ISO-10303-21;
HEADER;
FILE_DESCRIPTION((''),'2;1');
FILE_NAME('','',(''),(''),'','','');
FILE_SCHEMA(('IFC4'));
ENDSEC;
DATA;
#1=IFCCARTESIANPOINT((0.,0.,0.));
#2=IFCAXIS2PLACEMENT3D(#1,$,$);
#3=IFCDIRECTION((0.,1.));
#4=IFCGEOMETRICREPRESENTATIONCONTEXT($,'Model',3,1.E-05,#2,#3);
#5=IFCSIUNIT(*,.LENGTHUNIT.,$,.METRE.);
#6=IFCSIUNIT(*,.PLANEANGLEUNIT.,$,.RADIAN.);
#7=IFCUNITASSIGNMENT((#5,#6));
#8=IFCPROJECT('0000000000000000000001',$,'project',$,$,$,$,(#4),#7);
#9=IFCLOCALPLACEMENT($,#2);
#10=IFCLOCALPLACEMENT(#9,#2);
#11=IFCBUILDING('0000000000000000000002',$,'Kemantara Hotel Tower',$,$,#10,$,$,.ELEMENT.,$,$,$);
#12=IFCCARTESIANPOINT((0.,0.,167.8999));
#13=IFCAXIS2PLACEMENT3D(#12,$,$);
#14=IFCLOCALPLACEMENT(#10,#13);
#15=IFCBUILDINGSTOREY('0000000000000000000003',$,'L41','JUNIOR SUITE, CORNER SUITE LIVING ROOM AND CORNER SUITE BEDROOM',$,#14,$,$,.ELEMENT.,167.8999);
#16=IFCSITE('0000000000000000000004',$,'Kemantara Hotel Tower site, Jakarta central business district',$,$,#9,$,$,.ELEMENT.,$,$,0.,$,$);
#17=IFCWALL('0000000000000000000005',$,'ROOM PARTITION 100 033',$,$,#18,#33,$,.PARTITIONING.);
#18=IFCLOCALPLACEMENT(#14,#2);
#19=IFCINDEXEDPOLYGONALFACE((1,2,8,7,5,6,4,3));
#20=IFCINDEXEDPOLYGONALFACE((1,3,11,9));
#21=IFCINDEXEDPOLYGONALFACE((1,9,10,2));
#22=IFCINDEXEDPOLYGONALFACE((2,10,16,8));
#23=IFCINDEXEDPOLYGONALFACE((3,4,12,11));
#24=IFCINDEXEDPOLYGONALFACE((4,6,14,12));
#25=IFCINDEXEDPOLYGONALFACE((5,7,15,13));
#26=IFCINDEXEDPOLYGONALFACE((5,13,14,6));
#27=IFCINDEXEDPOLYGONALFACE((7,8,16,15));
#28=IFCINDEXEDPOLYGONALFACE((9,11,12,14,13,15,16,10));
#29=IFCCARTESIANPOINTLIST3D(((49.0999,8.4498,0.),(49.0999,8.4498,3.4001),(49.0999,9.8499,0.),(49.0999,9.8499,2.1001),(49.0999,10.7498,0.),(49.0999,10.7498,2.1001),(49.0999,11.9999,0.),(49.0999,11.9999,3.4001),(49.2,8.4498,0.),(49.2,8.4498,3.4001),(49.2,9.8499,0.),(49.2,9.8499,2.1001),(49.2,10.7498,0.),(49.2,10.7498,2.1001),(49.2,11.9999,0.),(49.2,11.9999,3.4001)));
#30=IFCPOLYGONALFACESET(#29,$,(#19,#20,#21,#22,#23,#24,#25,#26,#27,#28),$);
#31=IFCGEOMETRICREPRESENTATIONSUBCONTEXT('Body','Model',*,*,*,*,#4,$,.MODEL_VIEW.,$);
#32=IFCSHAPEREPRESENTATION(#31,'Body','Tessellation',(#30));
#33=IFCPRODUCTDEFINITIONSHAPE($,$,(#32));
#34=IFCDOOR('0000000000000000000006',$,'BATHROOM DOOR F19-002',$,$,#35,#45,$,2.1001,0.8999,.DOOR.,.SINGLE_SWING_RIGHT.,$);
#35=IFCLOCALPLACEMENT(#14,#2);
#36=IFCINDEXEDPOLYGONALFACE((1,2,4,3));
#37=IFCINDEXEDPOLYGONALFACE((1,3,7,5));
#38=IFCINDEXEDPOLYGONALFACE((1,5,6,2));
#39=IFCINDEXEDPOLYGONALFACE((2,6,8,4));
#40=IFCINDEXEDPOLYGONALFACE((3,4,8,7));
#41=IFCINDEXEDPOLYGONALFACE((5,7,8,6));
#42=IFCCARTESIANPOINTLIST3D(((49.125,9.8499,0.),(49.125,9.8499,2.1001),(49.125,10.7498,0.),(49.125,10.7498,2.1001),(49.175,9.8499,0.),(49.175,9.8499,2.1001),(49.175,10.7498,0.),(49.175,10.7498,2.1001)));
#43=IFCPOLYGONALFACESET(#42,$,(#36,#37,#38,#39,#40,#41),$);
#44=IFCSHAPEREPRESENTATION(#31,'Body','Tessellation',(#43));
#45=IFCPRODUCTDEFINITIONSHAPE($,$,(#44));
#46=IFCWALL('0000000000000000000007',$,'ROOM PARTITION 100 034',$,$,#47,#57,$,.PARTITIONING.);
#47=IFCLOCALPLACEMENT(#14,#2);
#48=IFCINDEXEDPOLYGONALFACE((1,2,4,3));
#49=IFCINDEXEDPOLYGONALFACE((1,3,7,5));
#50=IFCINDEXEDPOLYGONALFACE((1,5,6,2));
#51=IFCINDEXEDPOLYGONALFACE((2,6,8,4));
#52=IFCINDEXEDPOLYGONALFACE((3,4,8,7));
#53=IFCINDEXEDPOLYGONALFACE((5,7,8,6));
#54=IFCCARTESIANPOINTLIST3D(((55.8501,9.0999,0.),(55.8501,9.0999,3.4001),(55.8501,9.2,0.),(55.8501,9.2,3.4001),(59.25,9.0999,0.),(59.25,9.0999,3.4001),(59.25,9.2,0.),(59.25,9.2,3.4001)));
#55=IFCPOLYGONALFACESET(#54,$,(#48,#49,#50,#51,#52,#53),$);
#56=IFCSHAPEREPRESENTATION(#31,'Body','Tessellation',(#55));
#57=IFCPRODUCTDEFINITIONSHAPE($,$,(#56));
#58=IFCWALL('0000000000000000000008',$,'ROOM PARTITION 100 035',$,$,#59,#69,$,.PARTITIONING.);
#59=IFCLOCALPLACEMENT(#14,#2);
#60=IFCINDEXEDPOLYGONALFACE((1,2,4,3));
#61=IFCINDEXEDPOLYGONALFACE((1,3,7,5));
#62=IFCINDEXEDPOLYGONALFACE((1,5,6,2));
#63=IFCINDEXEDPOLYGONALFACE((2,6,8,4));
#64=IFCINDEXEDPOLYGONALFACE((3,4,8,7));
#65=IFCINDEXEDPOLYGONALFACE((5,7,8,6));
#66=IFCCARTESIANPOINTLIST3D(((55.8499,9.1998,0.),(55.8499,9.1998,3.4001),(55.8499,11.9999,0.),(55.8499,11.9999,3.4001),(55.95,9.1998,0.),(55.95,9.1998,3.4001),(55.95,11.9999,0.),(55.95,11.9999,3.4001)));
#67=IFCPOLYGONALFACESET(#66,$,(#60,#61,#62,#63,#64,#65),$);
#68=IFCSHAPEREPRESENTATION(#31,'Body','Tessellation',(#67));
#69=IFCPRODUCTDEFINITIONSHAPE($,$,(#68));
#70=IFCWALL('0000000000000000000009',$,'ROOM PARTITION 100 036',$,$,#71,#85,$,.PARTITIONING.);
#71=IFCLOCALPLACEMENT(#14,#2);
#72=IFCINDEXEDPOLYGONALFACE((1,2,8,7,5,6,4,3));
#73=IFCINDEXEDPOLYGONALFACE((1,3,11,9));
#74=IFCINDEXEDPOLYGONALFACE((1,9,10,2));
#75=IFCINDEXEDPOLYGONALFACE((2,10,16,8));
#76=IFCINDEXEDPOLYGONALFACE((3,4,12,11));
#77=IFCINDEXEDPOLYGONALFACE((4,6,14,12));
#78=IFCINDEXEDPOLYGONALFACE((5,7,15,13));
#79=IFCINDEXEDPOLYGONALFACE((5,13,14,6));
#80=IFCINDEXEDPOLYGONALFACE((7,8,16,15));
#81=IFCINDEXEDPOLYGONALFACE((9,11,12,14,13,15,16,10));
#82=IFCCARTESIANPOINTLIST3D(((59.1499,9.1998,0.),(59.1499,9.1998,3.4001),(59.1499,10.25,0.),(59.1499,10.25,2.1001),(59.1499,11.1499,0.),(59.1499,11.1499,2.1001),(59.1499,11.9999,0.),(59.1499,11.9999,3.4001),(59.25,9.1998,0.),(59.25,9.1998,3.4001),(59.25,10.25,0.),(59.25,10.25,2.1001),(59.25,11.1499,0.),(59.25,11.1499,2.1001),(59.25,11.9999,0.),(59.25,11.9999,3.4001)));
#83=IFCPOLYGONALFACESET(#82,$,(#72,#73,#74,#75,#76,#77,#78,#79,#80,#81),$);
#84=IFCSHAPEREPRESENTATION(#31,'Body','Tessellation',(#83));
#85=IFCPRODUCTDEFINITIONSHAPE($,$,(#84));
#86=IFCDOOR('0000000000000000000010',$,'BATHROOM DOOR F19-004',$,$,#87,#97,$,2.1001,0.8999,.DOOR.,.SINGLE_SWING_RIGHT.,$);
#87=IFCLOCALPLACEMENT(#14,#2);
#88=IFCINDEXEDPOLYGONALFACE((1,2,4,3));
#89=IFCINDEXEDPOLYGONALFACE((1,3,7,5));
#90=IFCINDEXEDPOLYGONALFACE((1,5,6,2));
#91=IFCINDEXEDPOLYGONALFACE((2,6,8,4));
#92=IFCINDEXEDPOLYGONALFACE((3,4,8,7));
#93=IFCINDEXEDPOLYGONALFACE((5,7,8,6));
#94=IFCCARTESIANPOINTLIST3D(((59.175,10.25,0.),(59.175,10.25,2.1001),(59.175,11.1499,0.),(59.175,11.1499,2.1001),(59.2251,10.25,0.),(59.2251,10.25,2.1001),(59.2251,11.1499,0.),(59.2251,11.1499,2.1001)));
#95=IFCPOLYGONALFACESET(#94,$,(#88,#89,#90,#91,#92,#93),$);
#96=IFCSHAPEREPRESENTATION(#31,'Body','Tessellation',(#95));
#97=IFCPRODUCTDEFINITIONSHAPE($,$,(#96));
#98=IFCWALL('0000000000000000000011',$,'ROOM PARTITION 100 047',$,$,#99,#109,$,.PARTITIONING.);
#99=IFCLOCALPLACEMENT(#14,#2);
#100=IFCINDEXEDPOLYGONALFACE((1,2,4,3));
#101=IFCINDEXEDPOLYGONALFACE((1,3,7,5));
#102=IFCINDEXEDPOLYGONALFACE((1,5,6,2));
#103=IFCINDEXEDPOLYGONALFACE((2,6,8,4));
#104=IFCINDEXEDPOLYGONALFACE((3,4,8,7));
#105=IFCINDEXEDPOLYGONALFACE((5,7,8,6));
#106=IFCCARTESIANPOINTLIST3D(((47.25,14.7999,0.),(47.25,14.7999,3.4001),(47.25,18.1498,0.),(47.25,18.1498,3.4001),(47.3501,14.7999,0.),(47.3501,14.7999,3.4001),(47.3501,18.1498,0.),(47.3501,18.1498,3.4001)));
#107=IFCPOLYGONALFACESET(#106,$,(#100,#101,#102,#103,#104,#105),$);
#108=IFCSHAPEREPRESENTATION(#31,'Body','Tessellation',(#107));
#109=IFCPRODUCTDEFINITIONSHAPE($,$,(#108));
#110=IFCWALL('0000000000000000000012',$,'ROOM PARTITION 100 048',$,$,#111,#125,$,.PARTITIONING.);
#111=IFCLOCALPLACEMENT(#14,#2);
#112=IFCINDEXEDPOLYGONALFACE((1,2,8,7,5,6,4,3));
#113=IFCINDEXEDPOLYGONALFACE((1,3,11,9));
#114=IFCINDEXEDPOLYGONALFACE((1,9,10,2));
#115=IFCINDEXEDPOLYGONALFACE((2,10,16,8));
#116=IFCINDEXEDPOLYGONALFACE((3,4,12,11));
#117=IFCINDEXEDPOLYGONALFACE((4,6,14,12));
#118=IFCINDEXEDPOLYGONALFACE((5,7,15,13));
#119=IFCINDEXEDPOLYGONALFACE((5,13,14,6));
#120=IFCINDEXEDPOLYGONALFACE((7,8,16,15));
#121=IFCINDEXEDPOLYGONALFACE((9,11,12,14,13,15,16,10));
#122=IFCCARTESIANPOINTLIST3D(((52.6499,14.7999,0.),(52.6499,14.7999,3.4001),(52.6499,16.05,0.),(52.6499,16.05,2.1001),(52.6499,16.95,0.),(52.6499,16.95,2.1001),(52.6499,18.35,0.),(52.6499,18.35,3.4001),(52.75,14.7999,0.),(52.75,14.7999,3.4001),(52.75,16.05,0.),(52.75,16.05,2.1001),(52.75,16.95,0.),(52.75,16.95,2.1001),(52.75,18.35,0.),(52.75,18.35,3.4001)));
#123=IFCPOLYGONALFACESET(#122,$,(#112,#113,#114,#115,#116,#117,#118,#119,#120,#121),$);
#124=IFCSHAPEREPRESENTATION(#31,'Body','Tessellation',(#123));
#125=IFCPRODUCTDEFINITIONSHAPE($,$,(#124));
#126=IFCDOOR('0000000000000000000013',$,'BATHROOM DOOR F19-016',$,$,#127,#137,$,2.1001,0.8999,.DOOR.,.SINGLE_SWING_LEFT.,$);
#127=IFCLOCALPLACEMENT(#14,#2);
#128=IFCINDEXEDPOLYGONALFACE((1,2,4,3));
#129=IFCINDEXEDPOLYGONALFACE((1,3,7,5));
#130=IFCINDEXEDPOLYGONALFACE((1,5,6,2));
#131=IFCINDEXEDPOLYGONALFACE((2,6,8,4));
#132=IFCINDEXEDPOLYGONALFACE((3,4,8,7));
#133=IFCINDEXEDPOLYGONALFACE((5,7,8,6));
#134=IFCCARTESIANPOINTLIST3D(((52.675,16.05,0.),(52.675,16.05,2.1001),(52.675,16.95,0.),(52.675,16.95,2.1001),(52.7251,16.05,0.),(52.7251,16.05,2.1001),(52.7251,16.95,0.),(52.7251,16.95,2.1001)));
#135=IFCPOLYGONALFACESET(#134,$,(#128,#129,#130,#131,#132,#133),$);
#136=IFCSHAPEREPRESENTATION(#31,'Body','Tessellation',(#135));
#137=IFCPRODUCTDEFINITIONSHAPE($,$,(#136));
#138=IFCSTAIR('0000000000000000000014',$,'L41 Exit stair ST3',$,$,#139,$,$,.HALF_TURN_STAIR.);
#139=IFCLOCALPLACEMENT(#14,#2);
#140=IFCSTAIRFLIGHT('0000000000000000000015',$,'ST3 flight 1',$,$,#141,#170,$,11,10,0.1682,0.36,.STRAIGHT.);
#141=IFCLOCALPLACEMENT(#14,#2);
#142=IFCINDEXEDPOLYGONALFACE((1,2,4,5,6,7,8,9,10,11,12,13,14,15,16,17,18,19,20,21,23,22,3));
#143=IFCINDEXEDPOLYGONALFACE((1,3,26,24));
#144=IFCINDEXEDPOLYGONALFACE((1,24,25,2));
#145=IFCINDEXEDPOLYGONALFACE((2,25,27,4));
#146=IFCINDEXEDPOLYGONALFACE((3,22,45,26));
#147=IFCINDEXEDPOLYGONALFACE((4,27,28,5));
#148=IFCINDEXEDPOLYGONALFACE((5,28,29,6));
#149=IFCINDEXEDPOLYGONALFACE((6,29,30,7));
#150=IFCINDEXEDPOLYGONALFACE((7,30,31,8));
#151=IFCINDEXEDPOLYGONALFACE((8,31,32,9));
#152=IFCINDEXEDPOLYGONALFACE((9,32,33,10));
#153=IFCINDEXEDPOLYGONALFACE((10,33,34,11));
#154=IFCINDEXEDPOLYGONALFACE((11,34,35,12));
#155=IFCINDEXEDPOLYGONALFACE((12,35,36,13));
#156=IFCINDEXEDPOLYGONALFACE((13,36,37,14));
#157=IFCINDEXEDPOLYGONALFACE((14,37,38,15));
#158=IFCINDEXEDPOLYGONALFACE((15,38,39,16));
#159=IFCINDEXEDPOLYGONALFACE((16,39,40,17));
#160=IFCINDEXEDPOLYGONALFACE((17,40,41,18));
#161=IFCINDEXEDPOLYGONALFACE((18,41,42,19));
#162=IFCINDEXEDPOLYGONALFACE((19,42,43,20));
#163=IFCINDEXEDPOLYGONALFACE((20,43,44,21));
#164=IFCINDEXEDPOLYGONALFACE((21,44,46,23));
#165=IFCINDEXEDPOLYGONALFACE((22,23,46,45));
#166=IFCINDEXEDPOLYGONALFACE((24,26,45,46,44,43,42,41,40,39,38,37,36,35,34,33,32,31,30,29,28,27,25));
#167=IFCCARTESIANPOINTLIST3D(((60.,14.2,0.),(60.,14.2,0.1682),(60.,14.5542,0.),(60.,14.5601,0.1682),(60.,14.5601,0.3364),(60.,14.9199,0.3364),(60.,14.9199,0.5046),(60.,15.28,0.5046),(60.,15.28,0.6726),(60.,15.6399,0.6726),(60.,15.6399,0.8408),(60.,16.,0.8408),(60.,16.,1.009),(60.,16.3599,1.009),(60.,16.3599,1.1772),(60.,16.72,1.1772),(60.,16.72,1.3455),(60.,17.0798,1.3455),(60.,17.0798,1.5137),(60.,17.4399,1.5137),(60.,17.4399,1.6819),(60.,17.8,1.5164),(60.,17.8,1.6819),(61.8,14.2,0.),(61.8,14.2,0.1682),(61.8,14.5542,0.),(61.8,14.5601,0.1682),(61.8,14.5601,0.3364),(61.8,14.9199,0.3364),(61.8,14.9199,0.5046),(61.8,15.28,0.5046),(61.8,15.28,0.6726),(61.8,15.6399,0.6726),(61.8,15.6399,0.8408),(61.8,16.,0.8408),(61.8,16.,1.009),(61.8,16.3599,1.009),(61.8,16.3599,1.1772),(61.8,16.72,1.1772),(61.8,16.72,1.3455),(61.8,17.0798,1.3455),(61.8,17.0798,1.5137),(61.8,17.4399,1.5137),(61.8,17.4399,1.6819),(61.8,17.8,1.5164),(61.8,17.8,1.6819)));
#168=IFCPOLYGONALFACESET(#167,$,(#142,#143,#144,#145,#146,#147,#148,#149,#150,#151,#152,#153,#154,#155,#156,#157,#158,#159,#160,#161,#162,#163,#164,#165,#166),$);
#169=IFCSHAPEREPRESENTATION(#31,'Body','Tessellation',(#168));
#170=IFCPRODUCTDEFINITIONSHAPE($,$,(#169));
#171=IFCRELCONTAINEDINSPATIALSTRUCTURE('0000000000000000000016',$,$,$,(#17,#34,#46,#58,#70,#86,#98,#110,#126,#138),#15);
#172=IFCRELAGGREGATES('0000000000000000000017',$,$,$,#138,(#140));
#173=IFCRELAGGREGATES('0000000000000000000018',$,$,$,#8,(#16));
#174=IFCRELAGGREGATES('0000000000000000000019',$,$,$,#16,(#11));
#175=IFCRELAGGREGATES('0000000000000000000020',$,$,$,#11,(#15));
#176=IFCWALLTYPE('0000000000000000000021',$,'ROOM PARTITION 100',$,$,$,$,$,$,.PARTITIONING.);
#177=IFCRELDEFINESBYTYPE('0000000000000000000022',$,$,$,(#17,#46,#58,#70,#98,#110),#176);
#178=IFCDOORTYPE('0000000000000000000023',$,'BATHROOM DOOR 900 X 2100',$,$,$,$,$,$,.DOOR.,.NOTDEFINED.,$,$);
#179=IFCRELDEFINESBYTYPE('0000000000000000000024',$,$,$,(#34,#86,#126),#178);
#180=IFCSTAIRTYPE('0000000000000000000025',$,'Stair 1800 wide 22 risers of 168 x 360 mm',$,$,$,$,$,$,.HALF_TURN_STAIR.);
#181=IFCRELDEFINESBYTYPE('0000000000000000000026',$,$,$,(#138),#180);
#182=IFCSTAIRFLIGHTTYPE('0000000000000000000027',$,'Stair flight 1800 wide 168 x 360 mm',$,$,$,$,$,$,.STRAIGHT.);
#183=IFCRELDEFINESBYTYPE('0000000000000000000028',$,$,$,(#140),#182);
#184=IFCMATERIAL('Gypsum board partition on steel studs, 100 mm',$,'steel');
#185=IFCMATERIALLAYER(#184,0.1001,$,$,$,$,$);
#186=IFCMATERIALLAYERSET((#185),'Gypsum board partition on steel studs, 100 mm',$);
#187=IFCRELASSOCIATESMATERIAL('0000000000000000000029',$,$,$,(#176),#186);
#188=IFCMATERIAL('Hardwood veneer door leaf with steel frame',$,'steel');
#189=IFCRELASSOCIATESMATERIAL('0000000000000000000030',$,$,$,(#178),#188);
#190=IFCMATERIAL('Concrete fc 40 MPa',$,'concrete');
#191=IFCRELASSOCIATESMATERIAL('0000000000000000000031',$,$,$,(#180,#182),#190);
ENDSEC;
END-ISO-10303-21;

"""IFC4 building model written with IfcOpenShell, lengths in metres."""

from ifc_helpers import new_model, si_unit, direction, frame, frame_2d, origin, place, context, subcontext, project, spatial, polyline, rectangle, outline, extrude, material, layer, layer_set, type_object, element, fill, aggregate, save


model = new_model("IFC4")

# Units and contexts
model_context = context("Model", 3, precision=1e-05, world=origin(), true_north=direction((0.0, 1.0)))
body_context = subcontext(model_context, "Body", "Model", "MODEL_VIEW")
ifc_project = project(units=[si_unit("LENGTHUNIT", "METRE"), si_unit("PLANEANGLEUNIT", "RADIAN")], contexts=[model_context])

# Site, building, storey
site_placement = place(None, origin())
site = spatial("IfcSite", under=ifc_project, at=site_placement, Name="Kemantara Hotel Tower site, Jakarta central business district", CompositionType="ELEMENT", RefElevation=0.0)
building_placement = place(site_placement, origin())
building = spatial("IfcBuilding", under=site, at=building_placement, Name="Kemantara Hotel Tower", CompositionType="ELEMENT")
storey_placement = place(building_placement, frame((0.0, 0.0, 167.8999)))
storey = spatial("IfcBuildingStorey", under=building, at=storey_placement, Name="L41", Description="JUNIOR SUITE, CORNER SUITE LIVING ROOM AND CORNER SUITE BEDROOM", CompositionType="ELEMENT", Elevation=167.8999)

# Shared definitions
ifc_material_1 = material(Name="Hardwood veneer door leaf with steel frame", Category="steel")
ifc_material_2 = material(Name="Concrete fc 40 MPa", Category="concrete")

# Shared definitions
ifc_material_3 = material(Name="Gypsum board partition on steel studs, 100 mm", Category="steel")
ifc_layer_1 = layer(ifc_material_3, 0.1001)
ifc_layer_set_1 = layer_set([ifc_layer_1], Name="Gypsum board partition on steel studs, 100 mm")
wall_type_1 = type_object("IfcWallType", Name="ROOM PARTITION 100", PredefinedType="PARTITIONING", material=ifc_layer_set_1)

# Wall, opening, door
wall_1_placement = place(storey_placement, frame((49.1499, 8.45, 0.0), z_axis=(0.0, 0.0, 1.0), x_axis=(0.0, 1.0, 0.0)))
wall_1 = element("IfcWall", 1, at=wall_1_placement, inside=storey, type_object=wall_type_1, Name="ROOM PARTITION 100 033", PredefinedType="PARTITIONING", context=body_context, shape_type="SweptSolid", body=[
    extrude(rectangle(XDim=3.55, YDim=0.1001, at=frame_2d((1.7749, 0.0))), origin(), (0.0, 0.0, 1.0), 3.4001),
])
opening_1_placement = place(wall_1_placement, frame((1.3999, 0.0, 0.0)))
opening_1 = element("IfcOpeningElement", 2, at=opening_1_placement, cuts=wall_1, PredefinedType="OPENING", context=body_context, shape_type="SweptSolid", body=[
    extrude(rectangle(XDim=0.8999, YDim=2.1001, at=frame_2d((0.45, 1.05))), frame((0.0, 0.0601, 0.0), z_axis=(0.0, -1.0, 0.0), x_axis=(1.0, 0.0, 0.0)), (0.0, 0.0, 1.0), 0.1201),
])
door_type_1 = type_object("IfcDoorType", Name="BATHROOM DOOR 900 X 2100", OperationType="NOTDEFINED", PredefinedType="DOOR", material=ifc_material_1)
door_1_placement = place(opening_1_placement, origin())
door_1 = element("IfcDoor", 3, at=door_1_placement, inside=storey, type_object=door_type_1, Name="BATHROOM DOOR F19-002", OperationType="SINGLE_SWING_RIGHT", OverallHeight=2.1001, OverallWidth=0.8999, PredefinedType="DOOR", context=body_context, shape_type="SweptSolid", body=[
    extrude(rectangle(XDim=0.8999, YDim=2.1001, at=frame_2d((0.45, 1.05))), frame((0.0, 0.0249, 0.0), z_axis=(0.0, -1.0, 0.0), x_axis=(1.0, 0.0, 0.0)), (0.0, 0.0, 1.0), 0.05),
])
fill(opening_1, door_1)

# Walls
wall_2_placement = place(storey_placement, frame((55.8501, 9.1499, 0.0), z_axis=(0.0, 0.0, 1.0), x_axis=(1.0, 0.0, 0.0)))
element("IfcWall", 4, at=wall_2_placement, inside=storey, type_object=wall_type_1, Name="ROOM PARTITION 100 034", PredefinedType="PARTITIONING", context=body_context, shape_type="SweptSolid", body=[
    extrude(rectangle(XDim=3.3999, YDim=0.1001, at=frame_2d((1.7, 0.0))), origin(), (0.0, 0.0, 1.0), 3.4001),
])
wall_3_placement = place(storey_placement, frame((55.8999, 9.2, 0.0), z_axis=(0.0, 0.0, 1.0), x_axis=(0.0, 1.0, 0.0)))
element("IfcWall", 5, at=wall_3_placement, inside=storey, type_object=wall_type_1, Name="ROOM PARTITION 100 035", PredefinedType="PARTITIONING", context=body_context, shape_type="SweptSolid", body=[
    extrude(rectangle(XDim=2.8, YDim=0.1001, at=frame_2d((1.3999, 0.0))), origin(), (0.0, 0.0, 1.0), 3.4001),
])

# Wall, opening, door
wall_4_placement = place(storey_placement, frame((59.2, 9.2, 0.0), z_axis=(0.0, 0.0, 1.0), x_axis=(0.0, 1.0, 0.0)))
wall_4 = element("IfcWall", 6, at=wall_4_placement, inside=storey, type_object=wall_type_1, Name="ROOM PARTITION 100 036", PredefinedType="PARTITIONING", context=body_context, shape_type="SweptSolid", body=[
    extrude(rectangle(XDim=2.8, YDim=0.1001, at=frame_2d((1.3999, 0.0))), origin(), (0.0, 0.0, 1.0), 3.4001),
])
opening_2_placement = place(wall_4_placement, frame((1.05, 0.0, 0.0)))
opening_2 = element("IfcOpeningElement", 7, at=opening_2_placement, cuts=wall_4, PredefinedType="OPENING", context=body_context, shape_type="SweptSolid", body=[
    extrude(rectangle(XDim=0.8999, YDim=2.1001, at=frame_2d((0.45, 1.05))), frame((0.0, 0.0601, 0.0), z_axis=(0.0, -1.0, 0.0), x_axis=(1.0, 0.0, 0.0)), (0.0, 0.0, 1.0), 0.1201),
])
door_2_placement = place(opening_2_placement, origin())
door_2 = element("IfcDoor", 8, at=door_2_placement, inside=storey, type_object=door_type_1, Name="BATHROOM DOOR F19-004", OperationType="SINGLE_SWING_RIGHT", OverallHeight=2.1001, OverallWidth=0.8999, PredefinedType="DOOR", context=body_context, shape_type="SweptSolid", body=[
    extrude(rectangle(XDim=0.8999, YDim=2.1001, at=frame_2d((0.45, 1.05))), frame((0.0, 0.0249, 0.0), z_axis=(0.0, -1.0, 0.0), x_axis=(1.0, 0.0, 0.0)), (0.0, 0.0, 1.0), 0.05),
])
fill(opening_2, door_2)

# Wall
wall_5_placement = place(storey_placement, frame((47.3, 14.8, 0.0), z_axis=(0.0, 0.0, 1.0), x_axis=(0.0, 1.0, 0.0)))
element("IfcWall", 9, at=wall_5_placement, inside=storey, type_object=wall_type_1, Name="ROOM PARTITION 100 047", PredefinedType="PARTITIONING", context=body_context, shape_type="SweptSolid", body=[
    extrude(rectangle(XDim=3.3499, YDim=0.1001, at=frame_2d((1.6748, 0.0))), origin(), (0.0, 0.0, 1.0), 3.4001),
])

# Wall, opening, door
wall_6_placement = place(storey_placement, frame((52.7, 14.8, 0.0), z_axis=(0.0, 0.0, 1.0), x_axis=(0.0, 1.0, 0.0)))
wall_6 = element("IfcWall", 10, at=wall_6_placement, inside=storey, type_object=wall_type_1, Name="ROOM PARTITION 100 048", PredefinedType="PARTITIONING", context=body_context, shape_type="SweptSolid", body=[
    extrude(rectangle(XDim=3.55, YDim=0.1001, at=frame_2d((1.7749, 0.0))), origin(), (0.0, 0.0, 1.0), 3.4001),
])
opening_3_placement = place(wall_6_placement, frame((1.25, 0.0, 0.0)))
opening_3 = element("IfcOpeningElement", 11, at=opening_3_placement, cuts=wall_6, PredefinedType="OPENING", context=body_context, shape_type="SweptSolid", body=[
    extrude(rectangle(XDim=0.8999, YDim=2.1001, at=frame_2d((0.45, 1.05))), frame((0.0, 0.0601, 0.0), z_axis=(0.0, -1.0, 0.0), x_axis=(1.0, 0.0, 0.0)), (0.0, 0.0, 1.0), 0.1201),
])
door_3_placement = place(opening_3_placement, origin())
door_3 = element("IfcDoor", 12, at=door_3_placement, inside=storey, type_object=door_type_1, Name="BATHROOM DOOR F19-016", OperationType="SINGLE_SWING_LEFT", OverallHeight=2.1001, OverallWidth=0.8999, PredefinedType="DOOR", context=body_context, shape_type="SweptSolid", body=[
    extrude(rectangle(XDim=0.8999, YDim=2.1001, at=frame_2d((0.45, 1.05))), frame((0.0, 0.0249, 0.0), z_axis=(0.0, -1.0, 0.0), x_axis=(1.0, 0.0, 0.0)), (0.0, 0.0, 1.0), 0.05),
])
fill(opening_3, door_3)

# Stair, stair flight
stair_type = type_object("IfcStairType", Name="Stair 1800 wide 22 risers of 168 x 360 mm", PredefinedType="HALF_TURN_STAIR", material=ifc_material_2)
stair_placement = place(storey_placement, origin())
stair = element("IfcStair", 13, at=stair_placement, inside=storey, type_object=stair_type, Name="L41 Exit stair ST3", PredefinedType="HALF_TURN_STAIR")
stair_flight_type = type_object("IfcStairFlightType", Name="Stair flight 1800 wide 168 x 360 mm", PredefinedType="STRAIGHT", material=ifc_material_2)
stair_flight_1_placement = place(storey_placement, frame((60.8999, 14.2, 0.0), z_axis=(0.0, 0.0, 1.0), x_axis=(0.0, 1.0, 0.0)))
stair_flight_1 = element("IfcStairFlight", 14, at=stair_flight_1_placement, type_object=stair_flight_type, Name="ST3 flight 1", NumberOfRisers=11, NumberOfTreads=10, PredefinedType="STRAIGHT", RiserHeight=0.1682, TreadLength=0.36, context=body_context, shape_type="SweptSolid", body=[
    extrude(outline(polyline([(0.0, 0.0), (0.0, 0.1682), (0.3601, 0.1682), (0.3601, 0.3364), (0.72, 0.3364), (0.72, 0.5046), (1.0801, 0.5046), (1.0801, 0.6726), (1.4399, 0.6726), (1.4399, 0.8408), (1.8, 0.8408), (1.8, 1.009), (2.1599, 1.009), (2.1599, 1.1772), (2.52, 1.1772), (2.52, 1.3455), (2.8799, 1.3455), (2.8799, 1.5137), (3.24, 1.5137), (3.24, 1.6819), (3.6001, 1.6819), (3.6001, 1.8501), (3.6001, 1.5164), (0.3542, 0.0), (0.0, 0.0)])), frame((0.0, 0.8999, 0.0), z_axis=(0.0, -1.0, 0.0), x_axis=(1.0, 0.0, 0.0)), (0.0, 0.0, 1.0), 1.8),
])
aggregate(stair, [stair_flight_1])

save(model, "model.ifc")
